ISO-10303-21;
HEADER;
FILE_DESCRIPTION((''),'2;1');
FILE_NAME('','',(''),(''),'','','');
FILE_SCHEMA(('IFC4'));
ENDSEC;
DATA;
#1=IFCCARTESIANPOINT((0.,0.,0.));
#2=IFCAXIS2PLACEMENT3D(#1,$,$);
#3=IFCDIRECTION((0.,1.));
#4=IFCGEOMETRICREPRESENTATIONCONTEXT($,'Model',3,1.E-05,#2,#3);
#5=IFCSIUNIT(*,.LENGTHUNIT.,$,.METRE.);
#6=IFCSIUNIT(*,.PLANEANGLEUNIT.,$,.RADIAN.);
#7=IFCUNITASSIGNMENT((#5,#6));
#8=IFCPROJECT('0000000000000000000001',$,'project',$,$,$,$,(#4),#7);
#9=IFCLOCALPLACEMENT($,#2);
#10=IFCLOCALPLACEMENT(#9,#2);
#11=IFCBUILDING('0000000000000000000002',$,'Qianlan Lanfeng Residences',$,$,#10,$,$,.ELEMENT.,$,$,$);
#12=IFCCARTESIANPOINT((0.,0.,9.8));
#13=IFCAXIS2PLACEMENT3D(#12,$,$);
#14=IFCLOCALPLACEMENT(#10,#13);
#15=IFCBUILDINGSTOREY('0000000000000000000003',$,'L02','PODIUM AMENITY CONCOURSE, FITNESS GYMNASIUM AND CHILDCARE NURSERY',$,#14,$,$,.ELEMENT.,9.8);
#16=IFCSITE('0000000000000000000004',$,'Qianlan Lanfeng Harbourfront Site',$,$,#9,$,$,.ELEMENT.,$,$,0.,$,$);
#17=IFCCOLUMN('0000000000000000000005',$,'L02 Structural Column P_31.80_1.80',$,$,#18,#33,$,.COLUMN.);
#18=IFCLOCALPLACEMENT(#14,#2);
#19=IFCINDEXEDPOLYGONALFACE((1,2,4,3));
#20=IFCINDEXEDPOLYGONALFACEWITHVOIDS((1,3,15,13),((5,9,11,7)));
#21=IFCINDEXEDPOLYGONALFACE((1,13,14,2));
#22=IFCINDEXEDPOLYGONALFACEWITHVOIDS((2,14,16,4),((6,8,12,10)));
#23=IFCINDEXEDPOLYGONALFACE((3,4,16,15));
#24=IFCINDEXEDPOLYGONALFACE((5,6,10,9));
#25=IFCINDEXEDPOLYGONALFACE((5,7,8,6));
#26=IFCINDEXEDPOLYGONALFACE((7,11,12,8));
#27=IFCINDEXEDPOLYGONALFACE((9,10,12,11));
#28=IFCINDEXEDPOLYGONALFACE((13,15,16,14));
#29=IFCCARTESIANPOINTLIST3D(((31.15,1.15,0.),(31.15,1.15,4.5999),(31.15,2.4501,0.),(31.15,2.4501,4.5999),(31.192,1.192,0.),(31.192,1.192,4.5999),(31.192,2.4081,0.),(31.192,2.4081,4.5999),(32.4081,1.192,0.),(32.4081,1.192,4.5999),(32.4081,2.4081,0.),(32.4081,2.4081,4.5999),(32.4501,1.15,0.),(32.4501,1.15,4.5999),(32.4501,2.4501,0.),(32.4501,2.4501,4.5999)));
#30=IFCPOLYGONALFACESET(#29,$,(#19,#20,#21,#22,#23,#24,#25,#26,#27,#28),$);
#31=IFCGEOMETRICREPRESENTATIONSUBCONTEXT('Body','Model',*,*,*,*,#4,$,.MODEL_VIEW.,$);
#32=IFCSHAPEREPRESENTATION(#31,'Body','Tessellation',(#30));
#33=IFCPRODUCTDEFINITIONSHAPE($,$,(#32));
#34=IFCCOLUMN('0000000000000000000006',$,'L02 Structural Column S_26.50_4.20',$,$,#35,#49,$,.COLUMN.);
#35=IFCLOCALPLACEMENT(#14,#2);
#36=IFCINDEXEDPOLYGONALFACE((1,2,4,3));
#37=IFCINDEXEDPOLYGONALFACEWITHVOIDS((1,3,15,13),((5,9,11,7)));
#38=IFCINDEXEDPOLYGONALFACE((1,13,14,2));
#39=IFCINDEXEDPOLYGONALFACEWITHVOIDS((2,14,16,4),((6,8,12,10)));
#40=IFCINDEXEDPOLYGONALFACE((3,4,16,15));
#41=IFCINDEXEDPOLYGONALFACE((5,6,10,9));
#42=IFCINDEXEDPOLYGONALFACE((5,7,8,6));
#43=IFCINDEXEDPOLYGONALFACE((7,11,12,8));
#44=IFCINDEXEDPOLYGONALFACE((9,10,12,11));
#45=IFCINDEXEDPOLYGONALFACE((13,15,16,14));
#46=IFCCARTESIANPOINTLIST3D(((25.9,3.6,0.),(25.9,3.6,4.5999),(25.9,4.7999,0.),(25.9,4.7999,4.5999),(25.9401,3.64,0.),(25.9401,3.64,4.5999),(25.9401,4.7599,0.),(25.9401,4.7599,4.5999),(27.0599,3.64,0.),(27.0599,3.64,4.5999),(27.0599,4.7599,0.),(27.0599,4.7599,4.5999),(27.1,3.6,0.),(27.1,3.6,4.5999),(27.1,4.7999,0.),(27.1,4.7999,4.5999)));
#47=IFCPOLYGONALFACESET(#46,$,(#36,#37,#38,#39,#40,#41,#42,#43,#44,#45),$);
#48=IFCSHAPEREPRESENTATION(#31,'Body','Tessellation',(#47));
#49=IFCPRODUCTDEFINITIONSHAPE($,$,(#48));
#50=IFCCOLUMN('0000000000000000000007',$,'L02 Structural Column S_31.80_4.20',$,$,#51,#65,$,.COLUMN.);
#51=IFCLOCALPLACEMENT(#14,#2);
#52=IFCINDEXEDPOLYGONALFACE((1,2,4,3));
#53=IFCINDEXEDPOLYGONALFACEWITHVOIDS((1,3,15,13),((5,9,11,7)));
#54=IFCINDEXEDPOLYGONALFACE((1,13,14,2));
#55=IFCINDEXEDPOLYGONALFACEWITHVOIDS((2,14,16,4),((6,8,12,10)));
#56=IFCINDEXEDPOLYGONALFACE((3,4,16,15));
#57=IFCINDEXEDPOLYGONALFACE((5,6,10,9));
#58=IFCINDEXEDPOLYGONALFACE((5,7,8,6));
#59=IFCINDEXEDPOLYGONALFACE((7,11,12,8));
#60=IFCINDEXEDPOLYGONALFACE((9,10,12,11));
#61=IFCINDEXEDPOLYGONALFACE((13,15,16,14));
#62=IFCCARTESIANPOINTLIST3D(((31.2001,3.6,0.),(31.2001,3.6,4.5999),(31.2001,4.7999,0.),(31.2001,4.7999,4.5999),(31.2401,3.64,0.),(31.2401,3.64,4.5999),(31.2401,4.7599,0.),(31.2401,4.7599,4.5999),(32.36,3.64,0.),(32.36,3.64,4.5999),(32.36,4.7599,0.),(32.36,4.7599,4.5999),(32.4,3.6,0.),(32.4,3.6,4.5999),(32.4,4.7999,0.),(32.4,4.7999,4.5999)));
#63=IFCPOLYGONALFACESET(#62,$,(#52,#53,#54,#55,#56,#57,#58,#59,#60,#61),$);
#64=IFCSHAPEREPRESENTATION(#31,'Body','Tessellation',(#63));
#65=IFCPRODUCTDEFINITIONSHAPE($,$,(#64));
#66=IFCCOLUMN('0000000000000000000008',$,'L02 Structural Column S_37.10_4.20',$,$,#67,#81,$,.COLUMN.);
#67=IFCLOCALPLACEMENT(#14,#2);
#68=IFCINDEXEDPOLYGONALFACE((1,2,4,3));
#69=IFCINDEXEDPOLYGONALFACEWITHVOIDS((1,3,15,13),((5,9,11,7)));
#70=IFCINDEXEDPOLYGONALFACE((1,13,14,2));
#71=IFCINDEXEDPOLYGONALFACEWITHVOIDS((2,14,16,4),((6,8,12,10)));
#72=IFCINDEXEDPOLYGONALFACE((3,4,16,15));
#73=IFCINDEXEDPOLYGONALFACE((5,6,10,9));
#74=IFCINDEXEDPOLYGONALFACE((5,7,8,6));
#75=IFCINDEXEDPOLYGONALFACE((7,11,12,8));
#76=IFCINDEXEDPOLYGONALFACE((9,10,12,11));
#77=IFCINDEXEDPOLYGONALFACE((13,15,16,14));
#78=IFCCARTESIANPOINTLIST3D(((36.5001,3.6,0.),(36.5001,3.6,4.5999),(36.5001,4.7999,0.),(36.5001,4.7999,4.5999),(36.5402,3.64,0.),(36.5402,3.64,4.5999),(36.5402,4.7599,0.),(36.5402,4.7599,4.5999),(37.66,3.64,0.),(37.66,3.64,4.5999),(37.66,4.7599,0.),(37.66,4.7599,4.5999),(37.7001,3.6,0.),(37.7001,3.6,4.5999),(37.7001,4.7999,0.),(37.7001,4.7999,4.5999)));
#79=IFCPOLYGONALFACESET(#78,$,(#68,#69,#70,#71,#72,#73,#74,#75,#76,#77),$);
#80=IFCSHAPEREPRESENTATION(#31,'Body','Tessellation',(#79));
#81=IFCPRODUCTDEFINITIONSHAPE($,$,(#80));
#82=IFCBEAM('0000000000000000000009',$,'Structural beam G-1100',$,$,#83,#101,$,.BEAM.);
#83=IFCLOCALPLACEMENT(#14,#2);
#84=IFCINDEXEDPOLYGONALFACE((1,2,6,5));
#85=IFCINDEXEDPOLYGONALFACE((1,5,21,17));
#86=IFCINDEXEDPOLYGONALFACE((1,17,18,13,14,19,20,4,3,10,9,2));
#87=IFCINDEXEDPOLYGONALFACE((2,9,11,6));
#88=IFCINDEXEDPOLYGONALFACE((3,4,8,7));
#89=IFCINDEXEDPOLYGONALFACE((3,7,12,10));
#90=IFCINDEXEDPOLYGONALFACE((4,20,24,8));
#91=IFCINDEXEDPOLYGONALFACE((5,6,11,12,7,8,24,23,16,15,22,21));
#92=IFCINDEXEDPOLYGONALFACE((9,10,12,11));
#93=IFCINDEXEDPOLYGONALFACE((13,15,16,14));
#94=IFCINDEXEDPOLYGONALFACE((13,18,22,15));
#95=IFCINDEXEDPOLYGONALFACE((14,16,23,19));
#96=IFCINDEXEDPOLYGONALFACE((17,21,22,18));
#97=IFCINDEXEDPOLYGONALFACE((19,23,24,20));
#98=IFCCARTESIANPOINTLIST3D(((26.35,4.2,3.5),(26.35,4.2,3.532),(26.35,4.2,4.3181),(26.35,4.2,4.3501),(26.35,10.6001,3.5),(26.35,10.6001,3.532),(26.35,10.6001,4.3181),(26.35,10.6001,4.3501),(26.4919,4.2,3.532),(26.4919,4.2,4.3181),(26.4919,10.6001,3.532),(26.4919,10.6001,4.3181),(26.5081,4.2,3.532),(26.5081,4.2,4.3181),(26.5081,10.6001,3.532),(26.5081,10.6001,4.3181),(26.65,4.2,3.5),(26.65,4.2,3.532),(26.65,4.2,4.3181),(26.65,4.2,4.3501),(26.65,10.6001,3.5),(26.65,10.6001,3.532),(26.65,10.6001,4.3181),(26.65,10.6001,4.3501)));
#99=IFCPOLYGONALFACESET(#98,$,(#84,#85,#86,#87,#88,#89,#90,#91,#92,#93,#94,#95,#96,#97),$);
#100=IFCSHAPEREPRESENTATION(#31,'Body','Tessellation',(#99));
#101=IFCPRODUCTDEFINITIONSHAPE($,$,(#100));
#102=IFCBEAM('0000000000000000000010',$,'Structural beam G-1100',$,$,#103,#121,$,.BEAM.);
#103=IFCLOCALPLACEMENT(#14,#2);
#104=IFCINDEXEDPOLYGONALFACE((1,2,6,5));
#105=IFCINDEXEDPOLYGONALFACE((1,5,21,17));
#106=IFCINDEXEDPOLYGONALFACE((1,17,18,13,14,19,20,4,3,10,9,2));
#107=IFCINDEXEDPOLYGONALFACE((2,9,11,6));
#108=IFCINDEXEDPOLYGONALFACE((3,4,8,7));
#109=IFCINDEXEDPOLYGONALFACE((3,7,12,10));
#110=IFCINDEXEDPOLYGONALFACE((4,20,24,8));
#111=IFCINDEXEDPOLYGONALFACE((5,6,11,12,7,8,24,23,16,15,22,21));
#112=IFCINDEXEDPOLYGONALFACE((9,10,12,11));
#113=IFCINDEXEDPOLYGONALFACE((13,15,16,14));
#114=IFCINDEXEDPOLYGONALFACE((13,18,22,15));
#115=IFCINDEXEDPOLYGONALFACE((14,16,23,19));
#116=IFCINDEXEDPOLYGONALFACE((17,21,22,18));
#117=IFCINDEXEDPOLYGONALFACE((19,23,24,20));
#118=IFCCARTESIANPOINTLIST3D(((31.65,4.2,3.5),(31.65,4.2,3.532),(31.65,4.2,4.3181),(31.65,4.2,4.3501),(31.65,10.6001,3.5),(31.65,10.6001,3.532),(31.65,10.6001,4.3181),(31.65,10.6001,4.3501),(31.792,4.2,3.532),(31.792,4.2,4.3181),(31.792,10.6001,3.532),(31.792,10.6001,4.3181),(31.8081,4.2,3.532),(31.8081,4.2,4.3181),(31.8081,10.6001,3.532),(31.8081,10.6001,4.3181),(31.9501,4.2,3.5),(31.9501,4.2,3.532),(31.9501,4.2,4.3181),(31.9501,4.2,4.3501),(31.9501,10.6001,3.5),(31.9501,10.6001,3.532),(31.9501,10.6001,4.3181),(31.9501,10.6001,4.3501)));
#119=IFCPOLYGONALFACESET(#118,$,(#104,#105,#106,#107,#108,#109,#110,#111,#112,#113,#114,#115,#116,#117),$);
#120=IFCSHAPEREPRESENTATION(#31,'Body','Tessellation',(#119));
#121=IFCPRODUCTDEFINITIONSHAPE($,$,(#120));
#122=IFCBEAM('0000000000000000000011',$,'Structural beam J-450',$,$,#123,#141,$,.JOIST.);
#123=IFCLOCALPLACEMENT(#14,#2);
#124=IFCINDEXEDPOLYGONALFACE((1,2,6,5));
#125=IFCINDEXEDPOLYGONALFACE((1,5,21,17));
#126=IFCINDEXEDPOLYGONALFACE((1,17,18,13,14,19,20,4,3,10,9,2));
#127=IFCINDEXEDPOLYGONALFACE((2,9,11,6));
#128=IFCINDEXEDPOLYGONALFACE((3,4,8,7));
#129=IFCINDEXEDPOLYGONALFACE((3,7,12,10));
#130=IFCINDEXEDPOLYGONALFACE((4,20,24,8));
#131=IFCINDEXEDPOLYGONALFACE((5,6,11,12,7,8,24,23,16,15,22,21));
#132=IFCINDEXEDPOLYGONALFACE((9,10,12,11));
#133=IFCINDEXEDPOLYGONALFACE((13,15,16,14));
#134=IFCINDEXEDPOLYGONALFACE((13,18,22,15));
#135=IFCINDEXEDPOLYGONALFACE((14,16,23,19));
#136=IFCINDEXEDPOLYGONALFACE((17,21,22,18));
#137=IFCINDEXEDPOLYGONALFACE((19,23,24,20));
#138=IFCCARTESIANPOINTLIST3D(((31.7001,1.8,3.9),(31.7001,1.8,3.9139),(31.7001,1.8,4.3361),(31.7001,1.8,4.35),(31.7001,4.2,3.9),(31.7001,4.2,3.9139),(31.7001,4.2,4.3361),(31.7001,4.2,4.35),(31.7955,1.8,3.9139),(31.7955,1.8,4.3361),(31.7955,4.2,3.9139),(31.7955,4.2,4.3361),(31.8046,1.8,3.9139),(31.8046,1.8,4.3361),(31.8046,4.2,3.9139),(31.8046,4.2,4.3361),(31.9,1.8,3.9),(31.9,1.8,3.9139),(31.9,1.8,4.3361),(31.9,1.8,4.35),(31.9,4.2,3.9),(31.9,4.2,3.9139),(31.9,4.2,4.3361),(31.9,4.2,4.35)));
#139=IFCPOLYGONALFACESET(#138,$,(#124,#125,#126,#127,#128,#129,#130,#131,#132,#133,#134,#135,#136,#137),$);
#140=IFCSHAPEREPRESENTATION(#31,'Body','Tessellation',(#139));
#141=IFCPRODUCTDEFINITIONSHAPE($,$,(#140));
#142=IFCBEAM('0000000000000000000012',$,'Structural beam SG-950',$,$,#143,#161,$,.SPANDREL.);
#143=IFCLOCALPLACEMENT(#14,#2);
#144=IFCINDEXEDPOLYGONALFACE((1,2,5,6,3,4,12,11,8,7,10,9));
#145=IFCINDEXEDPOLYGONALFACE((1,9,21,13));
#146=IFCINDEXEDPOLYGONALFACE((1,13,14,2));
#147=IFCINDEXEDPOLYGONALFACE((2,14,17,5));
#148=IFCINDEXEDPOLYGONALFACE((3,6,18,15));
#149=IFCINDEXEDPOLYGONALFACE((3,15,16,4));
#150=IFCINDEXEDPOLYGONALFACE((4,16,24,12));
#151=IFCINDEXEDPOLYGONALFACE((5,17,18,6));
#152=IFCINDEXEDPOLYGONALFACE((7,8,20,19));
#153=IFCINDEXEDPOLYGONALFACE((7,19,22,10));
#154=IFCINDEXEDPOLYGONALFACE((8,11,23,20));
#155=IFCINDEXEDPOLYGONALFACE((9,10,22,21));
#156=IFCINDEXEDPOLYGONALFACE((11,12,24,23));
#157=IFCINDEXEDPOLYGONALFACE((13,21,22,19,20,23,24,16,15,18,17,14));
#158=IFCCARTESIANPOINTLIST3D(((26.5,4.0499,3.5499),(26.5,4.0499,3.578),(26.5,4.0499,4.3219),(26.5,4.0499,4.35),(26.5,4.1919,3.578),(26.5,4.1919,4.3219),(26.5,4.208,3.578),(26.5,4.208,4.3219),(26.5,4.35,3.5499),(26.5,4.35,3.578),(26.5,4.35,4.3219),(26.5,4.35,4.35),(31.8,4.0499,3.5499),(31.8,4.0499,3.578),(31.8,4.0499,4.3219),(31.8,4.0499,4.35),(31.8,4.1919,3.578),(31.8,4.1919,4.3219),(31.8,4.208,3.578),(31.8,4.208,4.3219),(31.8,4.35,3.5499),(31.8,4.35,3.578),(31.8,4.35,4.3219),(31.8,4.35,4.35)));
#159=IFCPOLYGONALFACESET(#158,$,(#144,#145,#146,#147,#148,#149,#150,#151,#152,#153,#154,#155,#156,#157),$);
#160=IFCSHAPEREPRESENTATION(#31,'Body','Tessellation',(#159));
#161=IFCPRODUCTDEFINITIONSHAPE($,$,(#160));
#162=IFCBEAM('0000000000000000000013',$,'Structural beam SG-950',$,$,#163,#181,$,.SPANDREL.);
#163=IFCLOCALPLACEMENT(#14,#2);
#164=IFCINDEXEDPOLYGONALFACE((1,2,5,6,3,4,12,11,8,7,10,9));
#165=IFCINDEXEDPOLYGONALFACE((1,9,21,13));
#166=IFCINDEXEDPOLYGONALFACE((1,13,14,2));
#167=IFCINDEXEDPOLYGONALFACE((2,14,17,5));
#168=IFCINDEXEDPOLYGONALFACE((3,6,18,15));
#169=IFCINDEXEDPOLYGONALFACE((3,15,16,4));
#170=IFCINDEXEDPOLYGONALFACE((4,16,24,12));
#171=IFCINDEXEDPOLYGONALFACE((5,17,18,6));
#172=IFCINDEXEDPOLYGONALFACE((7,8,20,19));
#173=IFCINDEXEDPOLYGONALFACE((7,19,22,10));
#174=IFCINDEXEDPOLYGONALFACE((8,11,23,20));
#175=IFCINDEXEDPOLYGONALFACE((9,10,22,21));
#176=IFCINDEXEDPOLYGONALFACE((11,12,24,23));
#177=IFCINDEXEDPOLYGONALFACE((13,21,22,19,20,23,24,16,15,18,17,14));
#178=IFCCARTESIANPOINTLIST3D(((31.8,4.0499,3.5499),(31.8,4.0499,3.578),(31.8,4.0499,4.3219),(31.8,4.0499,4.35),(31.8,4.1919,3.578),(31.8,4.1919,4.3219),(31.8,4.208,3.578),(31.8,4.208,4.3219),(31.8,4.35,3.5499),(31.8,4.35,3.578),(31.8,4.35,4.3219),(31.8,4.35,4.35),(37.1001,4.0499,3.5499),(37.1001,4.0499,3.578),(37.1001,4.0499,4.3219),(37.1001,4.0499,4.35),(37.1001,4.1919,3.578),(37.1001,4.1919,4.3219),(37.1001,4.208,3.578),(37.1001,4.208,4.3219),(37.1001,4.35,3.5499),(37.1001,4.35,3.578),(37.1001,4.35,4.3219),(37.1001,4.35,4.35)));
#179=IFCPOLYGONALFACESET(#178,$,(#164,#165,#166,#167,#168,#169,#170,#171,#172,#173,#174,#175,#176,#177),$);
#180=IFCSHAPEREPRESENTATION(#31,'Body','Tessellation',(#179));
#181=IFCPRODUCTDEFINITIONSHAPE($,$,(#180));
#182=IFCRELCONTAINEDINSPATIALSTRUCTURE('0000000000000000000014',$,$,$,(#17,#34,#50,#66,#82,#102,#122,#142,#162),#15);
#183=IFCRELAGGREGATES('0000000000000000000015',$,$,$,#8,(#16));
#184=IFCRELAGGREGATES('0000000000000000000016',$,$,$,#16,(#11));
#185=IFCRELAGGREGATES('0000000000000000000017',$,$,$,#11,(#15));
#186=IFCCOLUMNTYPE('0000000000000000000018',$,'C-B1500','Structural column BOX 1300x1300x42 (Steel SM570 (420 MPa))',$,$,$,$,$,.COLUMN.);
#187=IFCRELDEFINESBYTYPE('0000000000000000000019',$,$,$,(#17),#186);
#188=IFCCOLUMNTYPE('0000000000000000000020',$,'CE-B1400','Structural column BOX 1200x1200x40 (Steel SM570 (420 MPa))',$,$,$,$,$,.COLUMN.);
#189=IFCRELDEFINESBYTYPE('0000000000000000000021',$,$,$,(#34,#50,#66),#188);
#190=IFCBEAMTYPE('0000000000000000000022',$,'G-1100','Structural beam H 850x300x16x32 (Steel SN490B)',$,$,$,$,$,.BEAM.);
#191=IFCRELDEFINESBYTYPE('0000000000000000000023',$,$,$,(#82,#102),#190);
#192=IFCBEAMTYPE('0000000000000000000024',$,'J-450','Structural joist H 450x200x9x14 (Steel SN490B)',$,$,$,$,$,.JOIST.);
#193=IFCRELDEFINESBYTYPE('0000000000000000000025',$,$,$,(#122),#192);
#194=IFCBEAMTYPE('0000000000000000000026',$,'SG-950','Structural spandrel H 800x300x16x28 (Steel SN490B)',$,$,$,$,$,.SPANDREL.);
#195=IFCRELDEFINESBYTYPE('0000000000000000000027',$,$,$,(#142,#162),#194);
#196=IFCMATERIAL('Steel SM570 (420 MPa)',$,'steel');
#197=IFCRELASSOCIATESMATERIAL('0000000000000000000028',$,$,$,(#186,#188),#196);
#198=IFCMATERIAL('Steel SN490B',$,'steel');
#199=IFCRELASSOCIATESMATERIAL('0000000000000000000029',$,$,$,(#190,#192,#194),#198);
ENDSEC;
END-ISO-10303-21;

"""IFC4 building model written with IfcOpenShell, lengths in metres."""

from ifc_helpers import new_model, si_unit, direction, frame, origin, origin_2d, place, context, subcontext, project, spatial, hollow_rectangle, i_section, extrude, material, material_profile, profile_set, type_object, element, save


model = new_model("IFC4")

# Units and contexts
model_context = context("Model", 3, precision=1e-05, world=origin(), true_north=direction((0.0, 1.0)))
body_context = subcontext(model_context, "Body", "Model", "MODEL_VIEW")
ifc_project = project(units=[si_unit("LENGTHUNIT", "METRE"), si_unit("PLANEANGLEUNIT", "RADIAN")], contexts=[model_context])

# Site, building, storey
site_placement = place(None, origin())
site = spatial("IfcSite", under=ifc_project, at=site_placement, Name="Qianlan Lanfeng Harbourfront Site", CompositionType="ELEMENT", RefElevation=0.0)
building_placement = place(site_placement, origin())
building = spatial("IfcBuilding", under=site, at=building_placement, Name="Qianlan Lanfeng Residences", CompositionType="ELEMENT")
storey_placement = place(building_placement, frame((0.0, 0.0, 9.8)))
storey = spatial("IfcBuildingStorey", under=building, at=storey_placement, Name="L02", Description="PODIUM AMENITY CONCOURSE, FITNESS GYMNASIUM AND CHILDCARE NURSERY", CompositionType="ELEMENT", Elevation=9.8)

# Columns
ifc_material_1 = material(Name="Steel SM570 (420 MPa)", Category="steel")
ifc_material_profile_1 = material_profile(ifc_material_1, hollow_rectangle(XDim=1.3, YDim=1.3, WallThickness=0.042, at=origin_2d()), Name="BOX 1300x1300x42")
ifc_profile_set_1 = profile_set([ifc_material_profile_1], Name="Steel SM570 (420 MPa)")
column_type_1 = type_object("IfcColumnType", Name="C-B1500", Description="Structural column BOX 1300x1300x42 (Steel SM570 (420 MPa))", PredefinedType="COLUMN", material=ifc_profile_set_1)
column_placement = place(storey_placement, frame((31.8, 1.8, 0.0), z_axis=(0.0, 0.0, 1.0), x_axis=(1.0, 0.0, 0.0)))
element("IfcColumn", 1, at=column_placement, inside=storey, type_object=column_type_1, Name="L02 Structural Column P_31.80_1.80", PredefinedType="COLUMN", context=body_context, shape_type="SweptSolid", body=[
    extrude(hollow_rectangle(XDim=1.3, YDim=1.3, WallThickness=0.042, at=origin_2d()), origin(), (0.0, 0.0, 1.0), 4.5999),
])
ifc_material_profile_2 = material_profile(ifc_material_1, hollow_rectangle(XDim=1.2, YDim=1.2, WallThickness=0.04, at=origin_2d()), Name="BOX 1200x1200x40")
ifc_profile_set_2 = profile_set([ifc_material_profile_2], Name="Steel SM570 (420 MPa)")
column_type_2 = type_object("IfcColumnType", Name="CE-B1400", Description="Structural column BOX 1200x1200x40 (Steel SM570 (420 MPa))", PredefinedType="COLUMN", material=ifc_profile_set_2)
for number, where, z_axis, x_axis, name in (
    (2, (26.5, 4.2, 0.0), (0.0, 0.0, 1.0), (1.0, 0.0, 0.0), "L02 Structural Column S_26.50_4.20"),
    (3, (31.8, 4.2, 0.0), (0.0, 0.0, 1.0), (1.0, 0.0, 0.0), "L02 Structural Column S_31.80_4.20"),
    (4, (37.1001, 4.2, 0.0), (0.0, 0.0, 1.0), (1.0, 0.0, 0.0), "L02 Structural Column S_37.10_4.20"),
):
    element("IfcColumn", number, at=place(storey_placement, frame(where, z_axis=z_axis, x_axis=x_axis)), inside=storey, type_object=column_type_2, Name=name, PredefinedType="COLUMN", context=body_context, shape_type="SweptSolid", body=[
        extrude(hollow_rectangle(XDim=1.2, YDim=1.2, WallThickness=0.04, at=origin_2d()), origin(), (0.0, 0.0, 1.0), 4.5999),
    ])

# Beams
ifc_material_2 = material(Name="Steel SN490B", Category="steel")
ifc_material_profile_3 = material_profile(ifc_material_2, i_section(OverallWidth=0.3, OverallDepth=0.8501, WebThickness=0.0161, FlangeThickness=0.032, at=origin_2d()), Name="H 850x300x16x32")
ifc_profile_set_3 = profile_set([ifc_material_profile_3], Name="Steel SN490B")
beam_type_1 = type_object("IfcBeamType", Name="G-1100", Description="Structural beam H 850x300x16x32 (Steel SN490B)", PredefinedType="BEAM", material=ifc_profile_set_3)
for number, where, z_axis, x_axis, name in (
    (5, (26.5, 4.2, 3.925), (0.0, 1.0, 0.0), (-1.0, 0.0, 0.0), "Structural beam G-1100"),
    (6, (31.8, 4.2, 3.925), (0.0, 1.0, 0.0), (-1.0, 0.0, 0.0), "Structural beam G-1100"),
):
    element("IfcBeam", number, at=place(storey_placement, frame(where, z_axis=z_axis, x_axis=x_axis)), inside=storey, type_object=beam_type_1, Name=name, PredefinedType="BEAM", context=body_context, shape_type="SweptSolid", body=[
        extrude(i_section(OverallWidth=0.3, OverallDepth=0.8501, WebThickness=0.0161, FlangeThickness=0.032, at=origin_2d()), origin(), (0.0, 0.0, 1.0), 6.4001),
    ])
ifc_material_profile_4 = material_profile(ifc_material_2, i_section(OverallWidth=0.2, OverallDepth=0.45, WebThickness=0.009, FlangeThickness=0.0139, at=origin_2d()), Name="H 450x200x9x14")
ifc_profile_set_4 = profile_set([ifc_material_profile_4], Name="Steel SN490B")
beam_type_2 = type_object("IfcBeamType", Name="J-450", Description="Structural joist H 450x200x9x14 (Steel SN490B)", PredefinedType="JOIST", material=ifc_profile_set_4)
beam_1_placement = place(storey_placement, frame((31.8, 1.8, 4.125), z_axis=(0.0, 1.0, 0.0), x_axis=(-1.0, 0.0, 0.0)))
element("IfcBeam", 7, at=beam_1_placement, inside=storey, type_object=beam_type_2, Name="Structural beam J-450", PredefinedType="JOIST", context=body_context, shape_type="SweptSolid", body=[
    extrude(i_section(OverallWidth=0.2, OverallDepth=0.45, WebThickness=0.009, FlangeThickness=0.0139, at=origin_2d()), origin(), (0.0, 0.0, 1.0), 2.3999),
])
ifc_material_profile_5 = material_profile(ifc_material_2, i_section(OverallWidth=0.3, OverallDepth=0.8, WebThickness=0.0161, FlangeThickness=0.0281, at=origin_2d()), Name="H 800x300x16x28")
ifc_profile_set_5 = profile_set([ifc_material_profile_5], Name="Steel SN490B")
beam_type_3 = type_object("IfcBeamType", Name="SG-950", Description="Structural spandrel H 800x300x16x28 (Steel SN490B)", PredefinedType="SPANDREL", material=ifc_profile_set_5)
for number, where, z_axis, x_axis, name in (
    (8, (26.5, 4.2, 3.95), (1.0, 0.0, 0.0), (0.0, 1.0, 0.0), "Structural beam SG-950"),
    (9, (31.8, 4.2, 3.95), (1.0, 0.0, 0.0), (0.0, 1.0, 0.0), "Structural beam SG-950"),
):
    element("IfcBeam", number, at=place(storey_placement, frame(where, z_axis=z_axis, x_axis=x_axis)), inside=storey, type_object=beam_type_3, Name=name, PredefinedType="SPANDREL", context=body_context, shape_type="SweptSolid", body=[
        extrude(i_section(OverallWidth=0.3, OverallDepth=0.8, WebThickness=0.0161, FlangeThickness=0.0281, at=origin_2d()), origin(), (0.0, 0.0, 1.0), 5.3),
    ])

save(model, "model.ifc")
